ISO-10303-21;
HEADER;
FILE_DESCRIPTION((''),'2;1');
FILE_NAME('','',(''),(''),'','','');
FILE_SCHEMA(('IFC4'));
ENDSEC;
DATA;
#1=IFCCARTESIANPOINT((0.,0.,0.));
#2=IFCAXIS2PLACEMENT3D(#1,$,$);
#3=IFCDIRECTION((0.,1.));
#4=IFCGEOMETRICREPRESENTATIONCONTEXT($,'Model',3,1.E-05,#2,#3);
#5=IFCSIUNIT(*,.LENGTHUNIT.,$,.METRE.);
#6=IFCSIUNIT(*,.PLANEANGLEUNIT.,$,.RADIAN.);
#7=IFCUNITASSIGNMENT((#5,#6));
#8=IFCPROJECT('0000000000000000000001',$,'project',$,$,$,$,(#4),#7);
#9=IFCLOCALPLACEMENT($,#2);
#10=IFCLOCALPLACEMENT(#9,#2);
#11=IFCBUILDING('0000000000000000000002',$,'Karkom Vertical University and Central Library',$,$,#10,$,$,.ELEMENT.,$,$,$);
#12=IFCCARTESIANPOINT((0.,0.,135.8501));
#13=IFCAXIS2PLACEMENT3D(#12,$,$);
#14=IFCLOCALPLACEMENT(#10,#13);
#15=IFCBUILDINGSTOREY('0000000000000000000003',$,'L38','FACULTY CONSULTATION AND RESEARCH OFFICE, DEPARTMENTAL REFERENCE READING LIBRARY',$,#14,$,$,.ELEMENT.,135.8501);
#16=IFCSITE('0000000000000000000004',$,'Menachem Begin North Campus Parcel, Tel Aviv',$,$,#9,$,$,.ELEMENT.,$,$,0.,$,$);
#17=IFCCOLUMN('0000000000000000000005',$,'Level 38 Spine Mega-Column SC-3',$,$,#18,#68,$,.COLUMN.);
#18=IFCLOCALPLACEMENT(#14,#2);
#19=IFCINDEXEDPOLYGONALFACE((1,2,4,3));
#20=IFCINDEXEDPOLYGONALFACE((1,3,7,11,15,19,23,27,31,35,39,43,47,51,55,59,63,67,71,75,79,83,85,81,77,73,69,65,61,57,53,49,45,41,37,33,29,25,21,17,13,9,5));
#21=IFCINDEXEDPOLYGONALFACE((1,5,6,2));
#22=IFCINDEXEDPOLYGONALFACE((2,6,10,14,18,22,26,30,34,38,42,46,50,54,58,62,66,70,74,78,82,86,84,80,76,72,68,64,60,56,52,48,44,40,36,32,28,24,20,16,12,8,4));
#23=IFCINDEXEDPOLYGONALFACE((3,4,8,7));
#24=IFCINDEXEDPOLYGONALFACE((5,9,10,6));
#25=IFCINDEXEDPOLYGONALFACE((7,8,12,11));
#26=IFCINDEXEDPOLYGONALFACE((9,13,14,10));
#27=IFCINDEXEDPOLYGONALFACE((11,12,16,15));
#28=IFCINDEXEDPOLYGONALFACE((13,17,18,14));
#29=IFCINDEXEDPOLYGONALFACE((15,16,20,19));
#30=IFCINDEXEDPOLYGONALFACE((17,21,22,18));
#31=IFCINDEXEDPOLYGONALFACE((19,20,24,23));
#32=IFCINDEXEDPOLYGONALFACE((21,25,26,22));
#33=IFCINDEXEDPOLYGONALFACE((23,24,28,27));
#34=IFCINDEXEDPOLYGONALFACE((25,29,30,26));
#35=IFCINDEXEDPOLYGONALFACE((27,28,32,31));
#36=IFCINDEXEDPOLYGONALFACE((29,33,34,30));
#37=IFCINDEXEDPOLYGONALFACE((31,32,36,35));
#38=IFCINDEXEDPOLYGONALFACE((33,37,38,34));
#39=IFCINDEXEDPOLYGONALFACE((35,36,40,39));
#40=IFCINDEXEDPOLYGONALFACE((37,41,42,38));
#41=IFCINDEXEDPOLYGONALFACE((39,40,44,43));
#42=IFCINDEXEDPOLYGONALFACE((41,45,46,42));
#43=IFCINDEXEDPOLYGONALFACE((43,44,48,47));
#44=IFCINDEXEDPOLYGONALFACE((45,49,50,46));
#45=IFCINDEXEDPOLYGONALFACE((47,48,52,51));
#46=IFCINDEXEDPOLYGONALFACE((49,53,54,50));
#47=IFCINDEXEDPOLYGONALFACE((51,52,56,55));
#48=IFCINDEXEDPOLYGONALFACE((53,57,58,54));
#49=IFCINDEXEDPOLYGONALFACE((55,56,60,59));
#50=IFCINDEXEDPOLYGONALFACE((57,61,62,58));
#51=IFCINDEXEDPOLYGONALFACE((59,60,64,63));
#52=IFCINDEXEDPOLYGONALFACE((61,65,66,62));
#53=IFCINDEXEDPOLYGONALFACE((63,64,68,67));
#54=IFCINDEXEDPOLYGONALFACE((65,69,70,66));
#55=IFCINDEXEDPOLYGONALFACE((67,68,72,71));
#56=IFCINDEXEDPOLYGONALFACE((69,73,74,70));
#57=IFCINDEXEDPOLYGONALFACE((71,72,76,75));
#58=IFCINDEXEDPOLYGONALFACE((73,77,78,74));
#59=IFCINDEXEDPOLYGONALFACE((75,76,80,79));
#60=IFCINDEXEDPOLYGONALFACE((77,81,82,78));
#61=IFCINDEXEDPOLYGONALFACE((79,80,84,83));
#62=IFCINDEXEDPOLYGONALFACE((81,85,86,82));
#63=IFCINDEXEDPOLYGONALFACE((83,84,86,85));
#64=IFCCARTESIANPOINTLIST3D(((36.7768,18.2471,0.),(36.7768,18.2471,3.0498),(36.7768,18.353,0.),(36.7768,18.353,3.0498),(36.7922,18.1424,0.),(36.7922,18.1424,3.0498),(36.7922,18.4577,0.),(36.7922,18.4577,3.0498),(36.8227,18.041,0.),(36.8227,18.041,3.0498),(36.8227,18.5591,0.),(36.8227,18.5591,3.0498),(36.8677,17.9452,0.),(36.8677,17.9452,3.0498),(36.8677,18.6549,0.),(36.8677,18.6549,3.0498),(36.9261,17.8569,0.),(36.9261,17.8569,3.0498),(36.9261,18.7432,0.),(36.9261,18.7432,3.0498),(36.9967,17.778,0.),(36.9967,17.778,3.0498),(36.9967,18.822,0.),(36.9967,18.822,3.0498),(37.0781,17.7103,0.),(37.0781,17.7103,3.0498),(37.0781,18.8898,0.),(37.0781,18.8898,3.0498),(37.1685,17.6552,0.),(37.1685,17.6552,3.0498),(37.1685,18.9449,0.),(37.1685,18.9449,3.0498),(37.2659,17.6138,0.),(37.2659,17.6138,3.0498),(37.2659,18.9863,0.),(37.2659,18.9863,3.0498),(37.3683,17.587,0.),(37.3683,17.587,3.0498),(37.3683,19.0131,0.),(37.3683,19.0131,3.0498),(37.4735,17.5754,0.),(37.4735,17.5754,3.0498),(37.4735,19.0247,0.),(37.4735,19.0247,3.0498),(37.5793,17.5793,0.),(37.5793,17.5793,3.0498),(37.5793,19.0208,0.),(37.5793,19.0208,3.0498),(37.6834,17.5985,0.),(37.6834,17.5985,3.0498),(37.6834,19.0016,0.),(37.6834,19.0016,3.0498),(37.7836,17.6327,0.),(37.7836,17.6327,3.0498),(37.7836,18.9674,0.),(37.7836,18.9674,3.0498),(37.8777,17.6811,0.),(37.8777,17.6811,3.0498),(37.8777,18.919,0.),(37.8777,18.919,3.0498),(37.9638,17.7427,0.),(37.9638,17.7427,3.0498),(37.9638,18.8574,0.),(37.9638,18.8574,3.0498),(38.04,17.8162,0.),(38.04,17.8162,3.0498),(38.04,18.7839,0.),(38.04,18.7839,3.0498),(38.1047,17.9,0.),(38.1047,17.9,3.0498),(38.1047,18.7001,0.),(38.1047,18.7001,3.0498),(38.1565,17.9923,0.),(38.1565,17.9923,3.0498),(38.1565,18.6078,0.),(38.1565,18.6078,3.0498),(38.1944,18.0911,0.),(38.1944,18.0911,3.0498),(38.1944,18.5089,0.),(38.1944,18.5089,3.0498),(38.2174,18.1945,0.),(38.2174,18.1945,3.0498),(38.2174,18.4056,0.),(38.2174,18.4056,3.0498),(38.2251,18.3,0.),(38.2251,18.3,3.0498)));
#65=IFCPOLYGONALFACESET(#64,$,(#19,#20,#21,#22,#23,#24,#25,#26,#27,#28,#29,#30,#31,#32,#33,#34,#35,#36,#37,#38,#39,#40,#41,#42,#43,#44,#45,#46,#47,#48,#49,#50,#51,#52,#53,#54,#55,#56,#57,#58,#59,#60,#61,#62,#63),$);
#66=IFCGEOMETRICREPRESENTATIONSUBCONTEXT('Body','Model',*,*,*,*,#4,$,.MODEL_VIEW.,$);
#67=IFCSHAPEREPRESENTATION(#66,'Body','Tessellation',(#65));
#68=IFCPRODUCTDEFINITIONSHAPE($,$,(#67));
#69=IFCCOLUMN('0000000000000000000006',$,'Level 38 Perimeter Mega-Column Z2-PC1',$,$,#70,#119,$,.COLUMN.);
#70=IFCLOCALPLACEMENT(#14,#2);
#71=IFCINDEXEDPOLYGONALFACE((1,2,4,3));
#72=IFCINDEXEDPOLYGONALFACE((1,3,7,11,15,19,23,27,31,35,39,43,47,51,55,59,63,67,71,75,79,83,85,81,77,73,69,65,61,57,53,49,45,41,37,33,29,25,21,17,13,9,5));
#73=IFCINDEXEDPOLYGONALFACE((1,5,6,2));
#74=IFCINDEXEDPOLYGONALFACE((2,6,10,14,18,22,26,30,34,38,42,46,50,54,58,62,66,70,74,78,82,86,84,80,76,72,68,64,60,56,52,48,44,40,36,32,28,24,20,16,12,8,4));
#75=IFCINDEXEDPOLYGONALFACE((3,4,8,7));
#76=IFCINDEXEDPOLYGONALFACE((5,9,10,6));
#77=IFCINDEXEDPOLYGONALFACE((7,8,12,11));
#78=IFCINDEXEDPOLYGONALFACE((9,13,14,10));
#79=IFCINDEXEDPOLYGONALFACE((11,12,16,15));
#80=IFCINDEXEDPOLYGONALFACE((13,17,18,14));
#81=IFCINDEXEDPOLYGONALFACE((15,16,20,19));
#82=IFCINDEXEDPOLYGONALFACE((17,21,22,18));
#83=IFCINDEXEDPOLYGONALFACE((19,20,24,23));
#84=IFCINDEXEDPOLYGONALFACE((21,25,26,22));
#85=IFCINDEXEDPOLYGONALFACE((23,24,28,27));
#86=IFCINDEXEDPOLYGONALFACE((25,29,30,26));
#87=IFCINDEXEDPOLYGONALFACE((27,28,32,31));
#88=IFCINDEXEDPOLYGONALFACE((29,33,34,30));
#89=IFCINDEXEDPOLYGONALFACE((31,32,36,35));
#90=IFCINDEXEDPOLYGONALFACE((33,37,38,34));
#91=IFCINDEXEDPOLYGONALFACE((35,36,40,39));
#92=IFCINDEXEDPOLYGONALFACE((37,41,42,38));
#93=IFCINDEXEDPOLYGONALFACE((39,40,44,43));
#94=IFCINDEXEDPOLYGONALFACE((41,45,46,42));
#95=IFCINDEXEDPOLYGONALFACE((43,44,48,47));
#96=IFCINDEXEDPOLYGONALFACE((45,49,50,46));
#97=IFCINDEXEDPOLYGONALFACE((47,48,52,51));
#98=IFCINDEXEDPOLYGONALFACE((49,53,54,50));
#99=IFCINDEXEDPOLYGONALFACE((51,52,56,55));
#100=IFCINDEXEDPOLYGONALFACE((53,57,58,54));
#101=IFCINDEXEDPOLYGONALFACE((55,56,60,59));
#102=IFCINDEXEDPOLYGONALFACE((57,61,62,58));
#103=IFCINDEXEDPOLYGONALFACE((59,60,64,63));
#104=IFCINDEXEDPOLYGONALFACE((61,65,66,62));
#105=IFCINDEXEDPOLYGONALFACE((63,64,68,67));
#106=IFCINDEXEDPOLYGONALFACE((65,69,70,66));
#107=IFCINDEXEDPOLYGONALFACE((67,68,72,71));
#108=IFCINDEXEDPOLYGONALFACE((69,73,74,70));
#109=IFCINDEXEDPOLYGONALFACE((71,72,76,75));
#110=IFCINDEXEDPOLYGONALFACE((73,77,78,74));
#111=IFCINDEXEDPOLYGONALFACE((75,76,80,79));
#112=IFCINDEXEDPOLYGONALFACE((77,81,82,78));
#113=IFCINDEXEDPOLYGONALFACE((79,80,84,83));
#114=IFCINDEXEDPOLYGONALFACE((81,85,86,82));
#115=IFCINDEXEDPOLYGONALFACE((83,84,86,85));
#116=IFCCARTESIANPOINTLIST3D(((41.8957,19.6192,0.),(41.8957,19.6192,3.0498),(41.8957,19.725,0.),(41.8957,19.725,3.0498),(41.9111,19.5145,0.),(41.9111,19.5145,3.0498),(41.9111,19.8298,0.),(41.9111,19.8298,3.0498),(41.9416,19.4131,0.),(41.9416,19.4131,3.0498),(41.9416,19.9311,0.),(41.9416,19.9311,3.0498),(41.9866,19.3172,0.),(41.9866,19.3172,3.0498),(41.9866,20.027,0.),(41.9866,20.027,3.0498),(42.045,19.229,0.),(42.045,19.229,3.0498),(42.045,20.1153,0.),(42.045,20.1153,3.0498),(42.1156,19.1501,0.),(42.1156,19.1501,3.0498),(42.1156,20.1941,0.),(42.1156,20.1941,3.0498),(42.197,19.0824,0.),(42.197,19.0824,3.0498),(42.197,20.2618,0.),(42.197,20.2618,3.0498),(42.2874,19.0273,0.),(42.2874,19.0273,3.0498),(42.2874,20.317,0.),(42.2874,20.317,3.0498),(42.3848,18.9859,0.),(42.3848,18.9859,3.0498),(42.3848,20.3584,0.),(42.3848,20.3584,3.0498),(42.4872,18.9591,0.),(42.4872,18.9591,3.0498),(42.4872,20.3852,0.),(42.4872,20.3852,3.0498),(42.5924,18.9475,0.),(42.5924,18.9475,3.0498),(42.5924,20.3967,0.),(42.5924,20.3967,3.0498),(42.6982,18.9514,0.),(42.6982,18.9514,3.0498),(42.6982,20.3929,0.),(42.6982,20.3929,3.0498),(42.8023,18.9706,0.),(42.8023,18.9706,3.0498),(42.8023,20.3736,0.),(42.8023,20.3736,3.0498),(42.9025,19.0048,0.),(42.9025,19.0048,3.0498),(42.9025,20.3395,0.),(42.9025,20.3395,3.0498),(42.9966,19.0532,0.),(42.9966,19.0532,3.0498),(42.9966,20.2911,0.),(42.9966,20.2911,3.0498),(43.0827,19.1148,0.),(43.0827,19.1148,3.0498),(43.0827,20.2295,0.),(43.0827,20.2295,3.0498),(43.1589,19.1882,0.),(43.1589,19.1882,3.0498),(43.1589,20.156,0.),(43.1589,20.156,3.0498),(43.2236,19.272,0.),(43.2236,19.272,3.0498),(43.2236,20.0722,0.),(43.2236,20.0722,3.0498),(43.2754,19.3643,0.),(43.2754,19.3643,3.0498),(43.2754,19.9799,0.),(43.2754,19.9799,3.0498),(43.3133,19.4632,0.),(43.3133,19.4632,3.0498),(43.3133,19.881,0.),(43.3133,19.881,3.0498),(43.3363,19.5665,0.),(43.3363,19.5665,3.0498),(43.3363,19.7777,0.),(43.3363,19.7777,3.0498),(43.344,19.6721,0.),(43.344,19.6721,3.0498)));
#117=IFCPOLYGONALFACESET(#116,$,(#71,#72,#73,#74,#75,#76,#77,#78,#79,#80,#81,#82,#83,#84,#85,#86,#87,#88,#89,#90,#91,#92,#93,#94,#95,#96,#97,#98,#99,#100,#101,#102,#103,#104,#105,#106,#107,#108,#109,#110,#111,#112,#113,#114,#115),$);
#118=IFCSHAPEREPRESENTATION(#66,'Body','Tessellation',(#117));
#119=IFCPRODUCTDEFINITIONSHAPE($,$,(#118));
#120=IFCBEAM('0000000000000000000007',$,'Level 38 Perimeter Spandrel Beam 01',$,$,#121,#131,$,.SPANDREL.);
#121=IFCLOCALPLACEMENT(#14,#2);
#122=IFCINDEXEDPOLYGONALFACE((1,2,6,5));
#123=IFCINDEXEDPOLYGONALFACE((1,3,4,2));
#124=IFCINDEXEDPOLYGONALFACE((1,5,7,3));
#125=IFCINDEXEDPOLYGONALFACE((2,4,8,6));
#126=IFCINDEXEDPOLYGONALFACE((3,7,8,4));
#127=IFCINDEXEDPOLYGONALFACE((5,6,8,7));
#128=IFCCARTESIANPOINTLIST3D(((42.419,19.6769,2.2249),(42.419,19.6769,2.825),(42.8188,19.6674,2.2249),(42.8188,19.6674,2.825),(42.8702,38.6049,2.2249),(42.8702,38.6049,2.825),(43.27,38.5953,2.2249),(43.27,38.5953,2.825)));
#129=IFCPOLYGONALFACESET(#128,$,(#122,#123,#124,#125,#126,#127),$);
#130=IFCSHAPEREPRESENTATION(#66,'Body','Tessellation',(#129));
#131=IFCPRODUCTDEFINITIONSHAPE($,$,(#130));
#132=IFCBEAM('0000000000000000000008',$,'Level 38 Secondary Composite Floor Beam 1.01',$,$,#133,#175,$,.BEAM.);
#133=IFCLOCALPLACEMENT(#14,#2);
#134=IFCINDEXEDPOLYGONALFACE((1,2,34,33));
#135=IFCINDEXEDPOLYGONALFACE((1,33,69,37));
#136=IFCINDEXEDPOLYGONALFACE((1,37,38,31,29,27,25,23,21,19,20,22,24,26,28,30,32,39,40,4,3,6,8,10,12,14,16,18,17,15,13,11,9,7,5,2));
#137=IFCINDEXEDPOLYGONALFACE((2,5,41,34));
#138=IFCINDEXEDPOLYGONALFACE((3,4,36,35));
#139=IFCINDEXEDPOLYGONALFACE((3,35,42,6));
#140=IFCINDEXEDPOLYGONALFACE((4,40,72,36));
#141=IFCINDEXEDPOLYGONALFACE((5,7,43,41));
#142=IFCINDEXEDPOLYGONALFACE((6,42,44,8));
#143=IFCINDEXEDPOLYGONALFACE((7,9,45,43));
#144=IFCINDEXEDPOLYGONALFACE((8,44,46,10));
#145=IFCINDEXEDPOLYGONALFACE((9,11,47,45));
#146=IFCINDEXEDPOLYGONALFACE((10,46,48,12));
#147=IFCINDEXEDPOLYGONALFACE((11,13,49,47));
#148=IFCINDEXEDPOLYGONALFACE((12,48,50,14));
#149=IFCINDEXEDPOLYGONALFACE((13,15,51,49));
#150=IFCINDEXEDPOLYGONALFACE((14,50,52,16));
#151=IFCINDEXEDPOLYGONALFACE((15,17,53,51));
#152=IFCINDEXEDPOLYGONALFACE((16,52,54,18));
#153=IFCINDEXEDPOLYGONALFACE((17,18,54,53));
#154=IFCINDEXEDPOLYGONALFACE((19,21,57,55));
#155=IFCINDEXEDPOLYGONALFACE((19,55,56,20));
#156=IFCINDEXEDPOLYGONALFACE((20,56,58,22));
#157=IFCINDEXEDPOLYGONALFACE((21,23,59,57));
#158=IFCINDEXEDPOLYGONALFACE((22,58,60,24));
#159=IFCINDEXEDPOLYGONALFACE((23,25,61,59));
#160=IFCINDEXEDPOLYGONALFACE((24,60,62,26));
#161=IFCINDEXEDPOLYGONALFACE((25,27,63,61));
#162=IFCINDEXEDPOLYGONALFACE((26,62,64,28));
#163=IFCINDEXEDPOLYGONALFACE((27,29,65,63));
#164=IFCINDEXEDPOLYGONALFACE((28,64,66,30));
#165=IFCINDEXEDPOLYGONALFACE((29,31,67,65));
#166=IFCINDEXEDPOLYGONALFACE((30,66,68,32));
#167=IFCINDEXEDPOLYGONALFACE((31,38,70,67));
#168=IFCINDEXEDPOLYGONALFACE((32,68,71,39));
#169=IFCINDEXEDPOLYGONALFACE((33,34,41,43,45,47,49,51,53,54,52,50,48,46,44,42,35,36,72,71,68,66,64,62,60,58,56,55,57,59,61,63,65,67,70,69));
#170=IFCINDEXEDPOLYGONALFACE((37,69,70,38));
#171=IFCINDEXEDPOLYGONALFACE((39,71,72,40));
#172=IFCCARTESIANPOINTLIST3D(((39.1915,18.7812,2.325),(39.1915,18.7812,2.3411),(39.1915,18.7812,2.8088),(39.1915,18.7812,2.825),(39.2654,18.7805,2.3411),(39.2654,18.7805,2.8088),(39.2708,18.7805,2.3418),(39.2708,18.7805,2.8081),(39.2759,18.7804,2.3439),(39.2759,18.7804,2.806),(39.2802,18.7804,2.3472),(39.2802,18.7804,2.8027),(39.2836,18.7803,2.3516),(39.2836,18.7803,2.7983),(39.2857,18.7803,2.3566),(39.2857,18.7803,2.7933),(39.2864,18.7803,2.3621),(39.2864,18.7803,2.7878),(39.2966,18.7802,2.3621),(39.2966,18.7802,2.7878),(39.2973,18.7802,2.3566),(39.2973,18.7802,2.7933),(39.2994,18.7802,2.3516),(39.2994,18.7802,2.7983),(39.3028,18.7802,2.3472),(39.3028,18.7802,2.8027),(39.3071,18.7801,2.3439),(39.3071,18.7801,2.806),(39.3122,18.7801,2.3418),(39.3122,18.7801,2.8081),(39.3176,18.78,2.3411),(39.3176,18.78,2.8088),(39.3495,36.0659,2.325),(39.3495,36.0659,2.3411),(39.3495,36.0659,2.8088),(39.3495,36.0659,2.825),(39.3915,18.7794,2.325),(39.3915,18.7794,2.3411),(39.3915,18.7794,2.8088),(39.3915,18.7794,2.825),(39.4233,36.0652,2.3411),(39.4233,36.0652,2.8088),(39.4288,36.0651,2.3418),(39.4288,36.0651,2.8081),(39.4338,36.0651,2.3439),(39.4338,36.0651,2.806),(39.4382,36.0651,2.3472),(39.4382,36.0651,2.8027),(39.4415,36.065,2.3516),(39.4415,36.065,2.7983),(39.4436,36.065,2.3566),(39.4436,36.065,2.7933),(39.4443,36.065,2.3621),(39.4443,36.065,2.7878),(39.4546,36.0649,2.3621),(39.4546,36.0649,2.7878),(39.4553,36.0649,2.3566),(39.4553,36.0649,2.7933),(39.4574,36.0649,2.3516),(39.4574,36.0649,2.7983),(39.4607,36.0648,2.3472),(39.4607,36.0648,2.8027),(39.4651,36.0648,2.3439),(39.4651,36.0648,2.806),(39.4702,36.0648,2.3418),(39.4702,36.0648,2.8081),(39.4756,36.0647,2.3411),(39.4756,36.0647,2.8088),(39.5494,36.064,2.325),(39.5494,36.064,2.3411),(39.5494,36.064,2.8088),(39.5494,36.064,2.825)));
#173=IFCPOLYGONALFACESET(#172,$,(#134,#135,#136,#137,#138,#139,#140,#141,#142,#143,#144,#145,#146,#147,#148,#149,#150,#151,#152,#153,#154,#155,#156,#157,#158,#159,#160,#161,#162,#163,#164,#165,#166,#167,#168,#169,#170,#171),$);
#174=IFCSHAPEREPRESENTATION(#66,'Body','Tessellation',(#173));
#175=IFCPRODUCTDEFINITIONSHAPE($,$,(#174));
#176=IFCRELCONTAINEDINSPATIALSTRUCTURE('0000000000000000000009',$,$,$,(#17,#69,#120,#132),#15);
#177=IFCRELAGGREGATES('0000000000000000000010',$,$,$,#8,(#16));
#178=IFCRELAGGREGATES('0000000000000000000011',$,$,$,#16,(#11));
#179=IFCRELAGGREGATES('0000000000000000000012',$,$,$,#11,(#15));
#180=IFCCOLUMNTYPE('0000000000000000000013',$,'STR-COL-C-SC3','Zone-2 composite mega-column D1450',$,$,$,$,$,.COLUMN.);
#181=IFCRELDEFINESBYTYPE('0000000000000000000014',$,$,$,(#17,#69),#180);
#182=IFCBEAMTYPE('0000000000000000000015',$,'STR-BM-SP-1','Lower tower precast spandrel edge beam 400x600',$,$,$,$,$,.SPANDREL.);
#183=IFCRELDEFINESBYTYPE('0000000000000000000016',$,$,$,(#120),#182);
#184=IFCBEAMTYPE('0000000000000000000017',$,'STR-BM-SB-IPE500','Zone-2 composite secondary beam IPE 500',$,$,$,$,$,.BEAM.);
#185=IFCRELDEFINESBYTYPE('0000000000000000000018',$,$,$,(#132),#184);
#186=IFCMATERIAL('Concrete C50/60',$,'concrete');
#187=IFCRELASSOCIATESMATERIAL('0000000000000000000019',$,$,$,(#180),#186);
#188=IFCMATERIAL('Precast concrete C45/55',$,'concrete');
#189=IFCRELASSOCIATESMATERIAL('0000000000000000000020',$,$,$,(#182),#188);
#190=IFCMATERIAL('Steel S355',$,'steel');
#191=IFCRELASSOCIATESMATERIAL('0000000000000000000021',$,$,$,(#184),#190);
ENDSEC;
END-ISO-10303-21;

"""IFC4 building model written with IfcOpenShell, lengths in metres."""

from ifc_helpers import new_model, si_unit, direction, frame, origin, origin_with_axes, origin_2d, place, context, subcontext, project, spatial, rectangle, circle, i_section, extrude, source, transform, mapped, material, material_profile, profile_set, type_object, element, save


model = new_model("IFC4")

# Units and contexts
model_context = context("Model", 3, precision=1e-05, world=origin(), true_north=direction((0.0, 1.0)))
body_context = subcontext(model_context, "Body", "Model", "MODEL_VIEW")
ifc_project = project(units=[si_unit("LENGTHUNIT", "METRE"), si_unit("PLANEANGLEUNIT", "RADIAN")], contexts=[model_context])

# Site, building, storey
site_placement = place(None, origin())
site = spatial("IfcSite", under=ifc_project, at=site_placement, Name="Menachem Begin North Campus Parcel, Tel Aviv", CompositionType="ELEMENT", RefElevation=0.0)
building_placement = place(site_placement, origin())
building = spatial("IfcBuilding", under=site, at=building_placement, Name="Karkom Vertical University and Central Library", CompositionType="ELEMENT")
storey_placement = place(building_placement, frame((0.0, 0.0, 135.8501)))
storey = spatial("IfcBuildingStorey", under=building, at=storey_placement, Name="L38", Description="FACULTY CONSULTATION AND RESEARCH OFFICE, DEPARTMENTAL REFERENCE READING LIBRARY", CompositionType="ELEMENT", Elevation=135.8501)

# Columns
ifc_material_1 = material(Name="Concrete C50/60", Category="concrete")
ifc_material_profile_1 = material_profile(ifc_material_1, circle(Radius=0.7251, at=origin_2d()), Name="CFT-D1450")
ifc_profile_set_1 = profile_set([ifc_material_profile_1], Name="Concrete C50/60")
column_type = type_object("IfcColumnType", Name="STR-COL-C-SC3", Description="Zone-2 composite mega-column D1450", PredefinedType="COLUMN", material=ifc_profile_set_1)
shared_shape_1 = source(origin_with_axes(), body_context, "Body", "SweptSolid", [
    extrude(circle(Radius=0.7251, at=origin_2d()), origin(), (0.0, 0.0, 1.0), 3.0498),
])
for number, where, z_axis, x_axis, name in (
    (1, (37.5, 18.3, 0.0), (0.0, 0.0, 1.0), (1.0, 0.0, 0.0), "Level 38 Spine Mega-Column SC-3"),
    (2, (42.6189, 19.6721, 0.0), (0.0, 0.0, 1.0), (1.0, 0.0, 0.0), "Level 38 Perimeter Mega-Column Z2-PC1"),
):
    element("IfcColumn", number, at=place(storey_placement, frame(where, z_axis=z_axis, x_axis=x_axis)), inside=storey, type_object=column_type, Name=name, PredefinedType="COLUMN", context=body_context, shape_type="MappedRepresentation", body=[
        mapped(shared_shape_1, transform((0.0, 0.0, 0.0), scale=1.0)),
    ])

# Beams
ifc_material_2 = material(Name="Precast concrete C45/55", Category="concrete")
ifc_material_profile_2 = material_profile(ifc_material_2, rectangle(XDim=0.3999, YDim=0.6001, at=origin_2d()), Name="SPB-400x600")
ifc_profile_set_2 = profile_set([ifc_material_profile_2], Name="Precast concrete C45/55")
beam_type_1 = type_object("IfcBeamType", Name="STR-BM-SP-1", Description="Lower tower precast spandrel edge beam 400x600", PredefinedType="SPANDREL", material=ifc_profile_set_2)
shared_shape_2 = source(origin_with_axes(), body_context, "Body", "SweptSolid", [
    extrude(rectangle(XDim=0.3999, YDim=0.6001, at=origin_2d()), origin(), (0.0, 0.0, 1.0), 18.9333),
])
beam_1_placement = place(storey_placement, frame((42.6189, 19.6721, 2.5249), z_axis=(0.023829, 0.999716, 0.0), x_axis=(-0.999716, 0.023829, 0.0)))
element("IfcBeam", 3, at=beam_1_placement, inside=storey, type_object=beam_type_1, Name="Level 38 Perimeter Spandrel Beam 01", PredefinedType="SPANDREL", context=body_context, shape_type="MappedRepresentation", body=[
    mapped(shared_shape_2, transform((0.0, 0.0, 0.0), scale=1.0)),
])
ifc_material_3 = material(Name="Steel S355", Category="steel")
ifc_material_profile_3 = material_profile(ifc_material_3, i_section(OverallWidth=0.2, OverallDepth=0.5, WebThickness=0.0103, FlangeThickness=0.0161, FilletRadius=0.021, at=origin_2d()), Name="IPE 500")
ifc_profile_set_3 = profile_set([ifc_material_profile_3], Name="Steel S355")
beam_type_2 = type_object("IfcBeamType", Name="STR-BM-SB-IPE500", Description="Zone-2 composite secondary beam IPE 500", PredefinedType="BEAM", material=ifc_profile_set_3)
shared_shape_3 = source(origin_with_axes(), body_context, "Body", "SweptSolid", [
    extrude(i_section(OverallWidth=0.2, OverallDepth=0.5, WebThickness=0.0103, FlangeThickness=0.0161, FilletRadius=0.021, at=origin_2d()), origin(), (0.0, 0.0, 1.0), 17.2854),
])
beam_2_placement = place(storey_placement, frame((39.2915, 18.7803, 2.575), z_axis=(0.009138, 0.999958, 0.0), x_axis=(-0.999958, 0.009138, 0.0)))
element("IfcBeam", 4, at=beam_2_placement, inside=storey, type_object=beam_type_2, Name="Level 38 Secondary Composite Floor Beam 1.01", PredefinedType="BEAM", context=body_context, shape_type="MappedRepresentation", body=[
    mapped(shared_shape_3, transform((0.0, 0.0, 0.0), scale=1.0)),
])

save(model, "model.ifc")
